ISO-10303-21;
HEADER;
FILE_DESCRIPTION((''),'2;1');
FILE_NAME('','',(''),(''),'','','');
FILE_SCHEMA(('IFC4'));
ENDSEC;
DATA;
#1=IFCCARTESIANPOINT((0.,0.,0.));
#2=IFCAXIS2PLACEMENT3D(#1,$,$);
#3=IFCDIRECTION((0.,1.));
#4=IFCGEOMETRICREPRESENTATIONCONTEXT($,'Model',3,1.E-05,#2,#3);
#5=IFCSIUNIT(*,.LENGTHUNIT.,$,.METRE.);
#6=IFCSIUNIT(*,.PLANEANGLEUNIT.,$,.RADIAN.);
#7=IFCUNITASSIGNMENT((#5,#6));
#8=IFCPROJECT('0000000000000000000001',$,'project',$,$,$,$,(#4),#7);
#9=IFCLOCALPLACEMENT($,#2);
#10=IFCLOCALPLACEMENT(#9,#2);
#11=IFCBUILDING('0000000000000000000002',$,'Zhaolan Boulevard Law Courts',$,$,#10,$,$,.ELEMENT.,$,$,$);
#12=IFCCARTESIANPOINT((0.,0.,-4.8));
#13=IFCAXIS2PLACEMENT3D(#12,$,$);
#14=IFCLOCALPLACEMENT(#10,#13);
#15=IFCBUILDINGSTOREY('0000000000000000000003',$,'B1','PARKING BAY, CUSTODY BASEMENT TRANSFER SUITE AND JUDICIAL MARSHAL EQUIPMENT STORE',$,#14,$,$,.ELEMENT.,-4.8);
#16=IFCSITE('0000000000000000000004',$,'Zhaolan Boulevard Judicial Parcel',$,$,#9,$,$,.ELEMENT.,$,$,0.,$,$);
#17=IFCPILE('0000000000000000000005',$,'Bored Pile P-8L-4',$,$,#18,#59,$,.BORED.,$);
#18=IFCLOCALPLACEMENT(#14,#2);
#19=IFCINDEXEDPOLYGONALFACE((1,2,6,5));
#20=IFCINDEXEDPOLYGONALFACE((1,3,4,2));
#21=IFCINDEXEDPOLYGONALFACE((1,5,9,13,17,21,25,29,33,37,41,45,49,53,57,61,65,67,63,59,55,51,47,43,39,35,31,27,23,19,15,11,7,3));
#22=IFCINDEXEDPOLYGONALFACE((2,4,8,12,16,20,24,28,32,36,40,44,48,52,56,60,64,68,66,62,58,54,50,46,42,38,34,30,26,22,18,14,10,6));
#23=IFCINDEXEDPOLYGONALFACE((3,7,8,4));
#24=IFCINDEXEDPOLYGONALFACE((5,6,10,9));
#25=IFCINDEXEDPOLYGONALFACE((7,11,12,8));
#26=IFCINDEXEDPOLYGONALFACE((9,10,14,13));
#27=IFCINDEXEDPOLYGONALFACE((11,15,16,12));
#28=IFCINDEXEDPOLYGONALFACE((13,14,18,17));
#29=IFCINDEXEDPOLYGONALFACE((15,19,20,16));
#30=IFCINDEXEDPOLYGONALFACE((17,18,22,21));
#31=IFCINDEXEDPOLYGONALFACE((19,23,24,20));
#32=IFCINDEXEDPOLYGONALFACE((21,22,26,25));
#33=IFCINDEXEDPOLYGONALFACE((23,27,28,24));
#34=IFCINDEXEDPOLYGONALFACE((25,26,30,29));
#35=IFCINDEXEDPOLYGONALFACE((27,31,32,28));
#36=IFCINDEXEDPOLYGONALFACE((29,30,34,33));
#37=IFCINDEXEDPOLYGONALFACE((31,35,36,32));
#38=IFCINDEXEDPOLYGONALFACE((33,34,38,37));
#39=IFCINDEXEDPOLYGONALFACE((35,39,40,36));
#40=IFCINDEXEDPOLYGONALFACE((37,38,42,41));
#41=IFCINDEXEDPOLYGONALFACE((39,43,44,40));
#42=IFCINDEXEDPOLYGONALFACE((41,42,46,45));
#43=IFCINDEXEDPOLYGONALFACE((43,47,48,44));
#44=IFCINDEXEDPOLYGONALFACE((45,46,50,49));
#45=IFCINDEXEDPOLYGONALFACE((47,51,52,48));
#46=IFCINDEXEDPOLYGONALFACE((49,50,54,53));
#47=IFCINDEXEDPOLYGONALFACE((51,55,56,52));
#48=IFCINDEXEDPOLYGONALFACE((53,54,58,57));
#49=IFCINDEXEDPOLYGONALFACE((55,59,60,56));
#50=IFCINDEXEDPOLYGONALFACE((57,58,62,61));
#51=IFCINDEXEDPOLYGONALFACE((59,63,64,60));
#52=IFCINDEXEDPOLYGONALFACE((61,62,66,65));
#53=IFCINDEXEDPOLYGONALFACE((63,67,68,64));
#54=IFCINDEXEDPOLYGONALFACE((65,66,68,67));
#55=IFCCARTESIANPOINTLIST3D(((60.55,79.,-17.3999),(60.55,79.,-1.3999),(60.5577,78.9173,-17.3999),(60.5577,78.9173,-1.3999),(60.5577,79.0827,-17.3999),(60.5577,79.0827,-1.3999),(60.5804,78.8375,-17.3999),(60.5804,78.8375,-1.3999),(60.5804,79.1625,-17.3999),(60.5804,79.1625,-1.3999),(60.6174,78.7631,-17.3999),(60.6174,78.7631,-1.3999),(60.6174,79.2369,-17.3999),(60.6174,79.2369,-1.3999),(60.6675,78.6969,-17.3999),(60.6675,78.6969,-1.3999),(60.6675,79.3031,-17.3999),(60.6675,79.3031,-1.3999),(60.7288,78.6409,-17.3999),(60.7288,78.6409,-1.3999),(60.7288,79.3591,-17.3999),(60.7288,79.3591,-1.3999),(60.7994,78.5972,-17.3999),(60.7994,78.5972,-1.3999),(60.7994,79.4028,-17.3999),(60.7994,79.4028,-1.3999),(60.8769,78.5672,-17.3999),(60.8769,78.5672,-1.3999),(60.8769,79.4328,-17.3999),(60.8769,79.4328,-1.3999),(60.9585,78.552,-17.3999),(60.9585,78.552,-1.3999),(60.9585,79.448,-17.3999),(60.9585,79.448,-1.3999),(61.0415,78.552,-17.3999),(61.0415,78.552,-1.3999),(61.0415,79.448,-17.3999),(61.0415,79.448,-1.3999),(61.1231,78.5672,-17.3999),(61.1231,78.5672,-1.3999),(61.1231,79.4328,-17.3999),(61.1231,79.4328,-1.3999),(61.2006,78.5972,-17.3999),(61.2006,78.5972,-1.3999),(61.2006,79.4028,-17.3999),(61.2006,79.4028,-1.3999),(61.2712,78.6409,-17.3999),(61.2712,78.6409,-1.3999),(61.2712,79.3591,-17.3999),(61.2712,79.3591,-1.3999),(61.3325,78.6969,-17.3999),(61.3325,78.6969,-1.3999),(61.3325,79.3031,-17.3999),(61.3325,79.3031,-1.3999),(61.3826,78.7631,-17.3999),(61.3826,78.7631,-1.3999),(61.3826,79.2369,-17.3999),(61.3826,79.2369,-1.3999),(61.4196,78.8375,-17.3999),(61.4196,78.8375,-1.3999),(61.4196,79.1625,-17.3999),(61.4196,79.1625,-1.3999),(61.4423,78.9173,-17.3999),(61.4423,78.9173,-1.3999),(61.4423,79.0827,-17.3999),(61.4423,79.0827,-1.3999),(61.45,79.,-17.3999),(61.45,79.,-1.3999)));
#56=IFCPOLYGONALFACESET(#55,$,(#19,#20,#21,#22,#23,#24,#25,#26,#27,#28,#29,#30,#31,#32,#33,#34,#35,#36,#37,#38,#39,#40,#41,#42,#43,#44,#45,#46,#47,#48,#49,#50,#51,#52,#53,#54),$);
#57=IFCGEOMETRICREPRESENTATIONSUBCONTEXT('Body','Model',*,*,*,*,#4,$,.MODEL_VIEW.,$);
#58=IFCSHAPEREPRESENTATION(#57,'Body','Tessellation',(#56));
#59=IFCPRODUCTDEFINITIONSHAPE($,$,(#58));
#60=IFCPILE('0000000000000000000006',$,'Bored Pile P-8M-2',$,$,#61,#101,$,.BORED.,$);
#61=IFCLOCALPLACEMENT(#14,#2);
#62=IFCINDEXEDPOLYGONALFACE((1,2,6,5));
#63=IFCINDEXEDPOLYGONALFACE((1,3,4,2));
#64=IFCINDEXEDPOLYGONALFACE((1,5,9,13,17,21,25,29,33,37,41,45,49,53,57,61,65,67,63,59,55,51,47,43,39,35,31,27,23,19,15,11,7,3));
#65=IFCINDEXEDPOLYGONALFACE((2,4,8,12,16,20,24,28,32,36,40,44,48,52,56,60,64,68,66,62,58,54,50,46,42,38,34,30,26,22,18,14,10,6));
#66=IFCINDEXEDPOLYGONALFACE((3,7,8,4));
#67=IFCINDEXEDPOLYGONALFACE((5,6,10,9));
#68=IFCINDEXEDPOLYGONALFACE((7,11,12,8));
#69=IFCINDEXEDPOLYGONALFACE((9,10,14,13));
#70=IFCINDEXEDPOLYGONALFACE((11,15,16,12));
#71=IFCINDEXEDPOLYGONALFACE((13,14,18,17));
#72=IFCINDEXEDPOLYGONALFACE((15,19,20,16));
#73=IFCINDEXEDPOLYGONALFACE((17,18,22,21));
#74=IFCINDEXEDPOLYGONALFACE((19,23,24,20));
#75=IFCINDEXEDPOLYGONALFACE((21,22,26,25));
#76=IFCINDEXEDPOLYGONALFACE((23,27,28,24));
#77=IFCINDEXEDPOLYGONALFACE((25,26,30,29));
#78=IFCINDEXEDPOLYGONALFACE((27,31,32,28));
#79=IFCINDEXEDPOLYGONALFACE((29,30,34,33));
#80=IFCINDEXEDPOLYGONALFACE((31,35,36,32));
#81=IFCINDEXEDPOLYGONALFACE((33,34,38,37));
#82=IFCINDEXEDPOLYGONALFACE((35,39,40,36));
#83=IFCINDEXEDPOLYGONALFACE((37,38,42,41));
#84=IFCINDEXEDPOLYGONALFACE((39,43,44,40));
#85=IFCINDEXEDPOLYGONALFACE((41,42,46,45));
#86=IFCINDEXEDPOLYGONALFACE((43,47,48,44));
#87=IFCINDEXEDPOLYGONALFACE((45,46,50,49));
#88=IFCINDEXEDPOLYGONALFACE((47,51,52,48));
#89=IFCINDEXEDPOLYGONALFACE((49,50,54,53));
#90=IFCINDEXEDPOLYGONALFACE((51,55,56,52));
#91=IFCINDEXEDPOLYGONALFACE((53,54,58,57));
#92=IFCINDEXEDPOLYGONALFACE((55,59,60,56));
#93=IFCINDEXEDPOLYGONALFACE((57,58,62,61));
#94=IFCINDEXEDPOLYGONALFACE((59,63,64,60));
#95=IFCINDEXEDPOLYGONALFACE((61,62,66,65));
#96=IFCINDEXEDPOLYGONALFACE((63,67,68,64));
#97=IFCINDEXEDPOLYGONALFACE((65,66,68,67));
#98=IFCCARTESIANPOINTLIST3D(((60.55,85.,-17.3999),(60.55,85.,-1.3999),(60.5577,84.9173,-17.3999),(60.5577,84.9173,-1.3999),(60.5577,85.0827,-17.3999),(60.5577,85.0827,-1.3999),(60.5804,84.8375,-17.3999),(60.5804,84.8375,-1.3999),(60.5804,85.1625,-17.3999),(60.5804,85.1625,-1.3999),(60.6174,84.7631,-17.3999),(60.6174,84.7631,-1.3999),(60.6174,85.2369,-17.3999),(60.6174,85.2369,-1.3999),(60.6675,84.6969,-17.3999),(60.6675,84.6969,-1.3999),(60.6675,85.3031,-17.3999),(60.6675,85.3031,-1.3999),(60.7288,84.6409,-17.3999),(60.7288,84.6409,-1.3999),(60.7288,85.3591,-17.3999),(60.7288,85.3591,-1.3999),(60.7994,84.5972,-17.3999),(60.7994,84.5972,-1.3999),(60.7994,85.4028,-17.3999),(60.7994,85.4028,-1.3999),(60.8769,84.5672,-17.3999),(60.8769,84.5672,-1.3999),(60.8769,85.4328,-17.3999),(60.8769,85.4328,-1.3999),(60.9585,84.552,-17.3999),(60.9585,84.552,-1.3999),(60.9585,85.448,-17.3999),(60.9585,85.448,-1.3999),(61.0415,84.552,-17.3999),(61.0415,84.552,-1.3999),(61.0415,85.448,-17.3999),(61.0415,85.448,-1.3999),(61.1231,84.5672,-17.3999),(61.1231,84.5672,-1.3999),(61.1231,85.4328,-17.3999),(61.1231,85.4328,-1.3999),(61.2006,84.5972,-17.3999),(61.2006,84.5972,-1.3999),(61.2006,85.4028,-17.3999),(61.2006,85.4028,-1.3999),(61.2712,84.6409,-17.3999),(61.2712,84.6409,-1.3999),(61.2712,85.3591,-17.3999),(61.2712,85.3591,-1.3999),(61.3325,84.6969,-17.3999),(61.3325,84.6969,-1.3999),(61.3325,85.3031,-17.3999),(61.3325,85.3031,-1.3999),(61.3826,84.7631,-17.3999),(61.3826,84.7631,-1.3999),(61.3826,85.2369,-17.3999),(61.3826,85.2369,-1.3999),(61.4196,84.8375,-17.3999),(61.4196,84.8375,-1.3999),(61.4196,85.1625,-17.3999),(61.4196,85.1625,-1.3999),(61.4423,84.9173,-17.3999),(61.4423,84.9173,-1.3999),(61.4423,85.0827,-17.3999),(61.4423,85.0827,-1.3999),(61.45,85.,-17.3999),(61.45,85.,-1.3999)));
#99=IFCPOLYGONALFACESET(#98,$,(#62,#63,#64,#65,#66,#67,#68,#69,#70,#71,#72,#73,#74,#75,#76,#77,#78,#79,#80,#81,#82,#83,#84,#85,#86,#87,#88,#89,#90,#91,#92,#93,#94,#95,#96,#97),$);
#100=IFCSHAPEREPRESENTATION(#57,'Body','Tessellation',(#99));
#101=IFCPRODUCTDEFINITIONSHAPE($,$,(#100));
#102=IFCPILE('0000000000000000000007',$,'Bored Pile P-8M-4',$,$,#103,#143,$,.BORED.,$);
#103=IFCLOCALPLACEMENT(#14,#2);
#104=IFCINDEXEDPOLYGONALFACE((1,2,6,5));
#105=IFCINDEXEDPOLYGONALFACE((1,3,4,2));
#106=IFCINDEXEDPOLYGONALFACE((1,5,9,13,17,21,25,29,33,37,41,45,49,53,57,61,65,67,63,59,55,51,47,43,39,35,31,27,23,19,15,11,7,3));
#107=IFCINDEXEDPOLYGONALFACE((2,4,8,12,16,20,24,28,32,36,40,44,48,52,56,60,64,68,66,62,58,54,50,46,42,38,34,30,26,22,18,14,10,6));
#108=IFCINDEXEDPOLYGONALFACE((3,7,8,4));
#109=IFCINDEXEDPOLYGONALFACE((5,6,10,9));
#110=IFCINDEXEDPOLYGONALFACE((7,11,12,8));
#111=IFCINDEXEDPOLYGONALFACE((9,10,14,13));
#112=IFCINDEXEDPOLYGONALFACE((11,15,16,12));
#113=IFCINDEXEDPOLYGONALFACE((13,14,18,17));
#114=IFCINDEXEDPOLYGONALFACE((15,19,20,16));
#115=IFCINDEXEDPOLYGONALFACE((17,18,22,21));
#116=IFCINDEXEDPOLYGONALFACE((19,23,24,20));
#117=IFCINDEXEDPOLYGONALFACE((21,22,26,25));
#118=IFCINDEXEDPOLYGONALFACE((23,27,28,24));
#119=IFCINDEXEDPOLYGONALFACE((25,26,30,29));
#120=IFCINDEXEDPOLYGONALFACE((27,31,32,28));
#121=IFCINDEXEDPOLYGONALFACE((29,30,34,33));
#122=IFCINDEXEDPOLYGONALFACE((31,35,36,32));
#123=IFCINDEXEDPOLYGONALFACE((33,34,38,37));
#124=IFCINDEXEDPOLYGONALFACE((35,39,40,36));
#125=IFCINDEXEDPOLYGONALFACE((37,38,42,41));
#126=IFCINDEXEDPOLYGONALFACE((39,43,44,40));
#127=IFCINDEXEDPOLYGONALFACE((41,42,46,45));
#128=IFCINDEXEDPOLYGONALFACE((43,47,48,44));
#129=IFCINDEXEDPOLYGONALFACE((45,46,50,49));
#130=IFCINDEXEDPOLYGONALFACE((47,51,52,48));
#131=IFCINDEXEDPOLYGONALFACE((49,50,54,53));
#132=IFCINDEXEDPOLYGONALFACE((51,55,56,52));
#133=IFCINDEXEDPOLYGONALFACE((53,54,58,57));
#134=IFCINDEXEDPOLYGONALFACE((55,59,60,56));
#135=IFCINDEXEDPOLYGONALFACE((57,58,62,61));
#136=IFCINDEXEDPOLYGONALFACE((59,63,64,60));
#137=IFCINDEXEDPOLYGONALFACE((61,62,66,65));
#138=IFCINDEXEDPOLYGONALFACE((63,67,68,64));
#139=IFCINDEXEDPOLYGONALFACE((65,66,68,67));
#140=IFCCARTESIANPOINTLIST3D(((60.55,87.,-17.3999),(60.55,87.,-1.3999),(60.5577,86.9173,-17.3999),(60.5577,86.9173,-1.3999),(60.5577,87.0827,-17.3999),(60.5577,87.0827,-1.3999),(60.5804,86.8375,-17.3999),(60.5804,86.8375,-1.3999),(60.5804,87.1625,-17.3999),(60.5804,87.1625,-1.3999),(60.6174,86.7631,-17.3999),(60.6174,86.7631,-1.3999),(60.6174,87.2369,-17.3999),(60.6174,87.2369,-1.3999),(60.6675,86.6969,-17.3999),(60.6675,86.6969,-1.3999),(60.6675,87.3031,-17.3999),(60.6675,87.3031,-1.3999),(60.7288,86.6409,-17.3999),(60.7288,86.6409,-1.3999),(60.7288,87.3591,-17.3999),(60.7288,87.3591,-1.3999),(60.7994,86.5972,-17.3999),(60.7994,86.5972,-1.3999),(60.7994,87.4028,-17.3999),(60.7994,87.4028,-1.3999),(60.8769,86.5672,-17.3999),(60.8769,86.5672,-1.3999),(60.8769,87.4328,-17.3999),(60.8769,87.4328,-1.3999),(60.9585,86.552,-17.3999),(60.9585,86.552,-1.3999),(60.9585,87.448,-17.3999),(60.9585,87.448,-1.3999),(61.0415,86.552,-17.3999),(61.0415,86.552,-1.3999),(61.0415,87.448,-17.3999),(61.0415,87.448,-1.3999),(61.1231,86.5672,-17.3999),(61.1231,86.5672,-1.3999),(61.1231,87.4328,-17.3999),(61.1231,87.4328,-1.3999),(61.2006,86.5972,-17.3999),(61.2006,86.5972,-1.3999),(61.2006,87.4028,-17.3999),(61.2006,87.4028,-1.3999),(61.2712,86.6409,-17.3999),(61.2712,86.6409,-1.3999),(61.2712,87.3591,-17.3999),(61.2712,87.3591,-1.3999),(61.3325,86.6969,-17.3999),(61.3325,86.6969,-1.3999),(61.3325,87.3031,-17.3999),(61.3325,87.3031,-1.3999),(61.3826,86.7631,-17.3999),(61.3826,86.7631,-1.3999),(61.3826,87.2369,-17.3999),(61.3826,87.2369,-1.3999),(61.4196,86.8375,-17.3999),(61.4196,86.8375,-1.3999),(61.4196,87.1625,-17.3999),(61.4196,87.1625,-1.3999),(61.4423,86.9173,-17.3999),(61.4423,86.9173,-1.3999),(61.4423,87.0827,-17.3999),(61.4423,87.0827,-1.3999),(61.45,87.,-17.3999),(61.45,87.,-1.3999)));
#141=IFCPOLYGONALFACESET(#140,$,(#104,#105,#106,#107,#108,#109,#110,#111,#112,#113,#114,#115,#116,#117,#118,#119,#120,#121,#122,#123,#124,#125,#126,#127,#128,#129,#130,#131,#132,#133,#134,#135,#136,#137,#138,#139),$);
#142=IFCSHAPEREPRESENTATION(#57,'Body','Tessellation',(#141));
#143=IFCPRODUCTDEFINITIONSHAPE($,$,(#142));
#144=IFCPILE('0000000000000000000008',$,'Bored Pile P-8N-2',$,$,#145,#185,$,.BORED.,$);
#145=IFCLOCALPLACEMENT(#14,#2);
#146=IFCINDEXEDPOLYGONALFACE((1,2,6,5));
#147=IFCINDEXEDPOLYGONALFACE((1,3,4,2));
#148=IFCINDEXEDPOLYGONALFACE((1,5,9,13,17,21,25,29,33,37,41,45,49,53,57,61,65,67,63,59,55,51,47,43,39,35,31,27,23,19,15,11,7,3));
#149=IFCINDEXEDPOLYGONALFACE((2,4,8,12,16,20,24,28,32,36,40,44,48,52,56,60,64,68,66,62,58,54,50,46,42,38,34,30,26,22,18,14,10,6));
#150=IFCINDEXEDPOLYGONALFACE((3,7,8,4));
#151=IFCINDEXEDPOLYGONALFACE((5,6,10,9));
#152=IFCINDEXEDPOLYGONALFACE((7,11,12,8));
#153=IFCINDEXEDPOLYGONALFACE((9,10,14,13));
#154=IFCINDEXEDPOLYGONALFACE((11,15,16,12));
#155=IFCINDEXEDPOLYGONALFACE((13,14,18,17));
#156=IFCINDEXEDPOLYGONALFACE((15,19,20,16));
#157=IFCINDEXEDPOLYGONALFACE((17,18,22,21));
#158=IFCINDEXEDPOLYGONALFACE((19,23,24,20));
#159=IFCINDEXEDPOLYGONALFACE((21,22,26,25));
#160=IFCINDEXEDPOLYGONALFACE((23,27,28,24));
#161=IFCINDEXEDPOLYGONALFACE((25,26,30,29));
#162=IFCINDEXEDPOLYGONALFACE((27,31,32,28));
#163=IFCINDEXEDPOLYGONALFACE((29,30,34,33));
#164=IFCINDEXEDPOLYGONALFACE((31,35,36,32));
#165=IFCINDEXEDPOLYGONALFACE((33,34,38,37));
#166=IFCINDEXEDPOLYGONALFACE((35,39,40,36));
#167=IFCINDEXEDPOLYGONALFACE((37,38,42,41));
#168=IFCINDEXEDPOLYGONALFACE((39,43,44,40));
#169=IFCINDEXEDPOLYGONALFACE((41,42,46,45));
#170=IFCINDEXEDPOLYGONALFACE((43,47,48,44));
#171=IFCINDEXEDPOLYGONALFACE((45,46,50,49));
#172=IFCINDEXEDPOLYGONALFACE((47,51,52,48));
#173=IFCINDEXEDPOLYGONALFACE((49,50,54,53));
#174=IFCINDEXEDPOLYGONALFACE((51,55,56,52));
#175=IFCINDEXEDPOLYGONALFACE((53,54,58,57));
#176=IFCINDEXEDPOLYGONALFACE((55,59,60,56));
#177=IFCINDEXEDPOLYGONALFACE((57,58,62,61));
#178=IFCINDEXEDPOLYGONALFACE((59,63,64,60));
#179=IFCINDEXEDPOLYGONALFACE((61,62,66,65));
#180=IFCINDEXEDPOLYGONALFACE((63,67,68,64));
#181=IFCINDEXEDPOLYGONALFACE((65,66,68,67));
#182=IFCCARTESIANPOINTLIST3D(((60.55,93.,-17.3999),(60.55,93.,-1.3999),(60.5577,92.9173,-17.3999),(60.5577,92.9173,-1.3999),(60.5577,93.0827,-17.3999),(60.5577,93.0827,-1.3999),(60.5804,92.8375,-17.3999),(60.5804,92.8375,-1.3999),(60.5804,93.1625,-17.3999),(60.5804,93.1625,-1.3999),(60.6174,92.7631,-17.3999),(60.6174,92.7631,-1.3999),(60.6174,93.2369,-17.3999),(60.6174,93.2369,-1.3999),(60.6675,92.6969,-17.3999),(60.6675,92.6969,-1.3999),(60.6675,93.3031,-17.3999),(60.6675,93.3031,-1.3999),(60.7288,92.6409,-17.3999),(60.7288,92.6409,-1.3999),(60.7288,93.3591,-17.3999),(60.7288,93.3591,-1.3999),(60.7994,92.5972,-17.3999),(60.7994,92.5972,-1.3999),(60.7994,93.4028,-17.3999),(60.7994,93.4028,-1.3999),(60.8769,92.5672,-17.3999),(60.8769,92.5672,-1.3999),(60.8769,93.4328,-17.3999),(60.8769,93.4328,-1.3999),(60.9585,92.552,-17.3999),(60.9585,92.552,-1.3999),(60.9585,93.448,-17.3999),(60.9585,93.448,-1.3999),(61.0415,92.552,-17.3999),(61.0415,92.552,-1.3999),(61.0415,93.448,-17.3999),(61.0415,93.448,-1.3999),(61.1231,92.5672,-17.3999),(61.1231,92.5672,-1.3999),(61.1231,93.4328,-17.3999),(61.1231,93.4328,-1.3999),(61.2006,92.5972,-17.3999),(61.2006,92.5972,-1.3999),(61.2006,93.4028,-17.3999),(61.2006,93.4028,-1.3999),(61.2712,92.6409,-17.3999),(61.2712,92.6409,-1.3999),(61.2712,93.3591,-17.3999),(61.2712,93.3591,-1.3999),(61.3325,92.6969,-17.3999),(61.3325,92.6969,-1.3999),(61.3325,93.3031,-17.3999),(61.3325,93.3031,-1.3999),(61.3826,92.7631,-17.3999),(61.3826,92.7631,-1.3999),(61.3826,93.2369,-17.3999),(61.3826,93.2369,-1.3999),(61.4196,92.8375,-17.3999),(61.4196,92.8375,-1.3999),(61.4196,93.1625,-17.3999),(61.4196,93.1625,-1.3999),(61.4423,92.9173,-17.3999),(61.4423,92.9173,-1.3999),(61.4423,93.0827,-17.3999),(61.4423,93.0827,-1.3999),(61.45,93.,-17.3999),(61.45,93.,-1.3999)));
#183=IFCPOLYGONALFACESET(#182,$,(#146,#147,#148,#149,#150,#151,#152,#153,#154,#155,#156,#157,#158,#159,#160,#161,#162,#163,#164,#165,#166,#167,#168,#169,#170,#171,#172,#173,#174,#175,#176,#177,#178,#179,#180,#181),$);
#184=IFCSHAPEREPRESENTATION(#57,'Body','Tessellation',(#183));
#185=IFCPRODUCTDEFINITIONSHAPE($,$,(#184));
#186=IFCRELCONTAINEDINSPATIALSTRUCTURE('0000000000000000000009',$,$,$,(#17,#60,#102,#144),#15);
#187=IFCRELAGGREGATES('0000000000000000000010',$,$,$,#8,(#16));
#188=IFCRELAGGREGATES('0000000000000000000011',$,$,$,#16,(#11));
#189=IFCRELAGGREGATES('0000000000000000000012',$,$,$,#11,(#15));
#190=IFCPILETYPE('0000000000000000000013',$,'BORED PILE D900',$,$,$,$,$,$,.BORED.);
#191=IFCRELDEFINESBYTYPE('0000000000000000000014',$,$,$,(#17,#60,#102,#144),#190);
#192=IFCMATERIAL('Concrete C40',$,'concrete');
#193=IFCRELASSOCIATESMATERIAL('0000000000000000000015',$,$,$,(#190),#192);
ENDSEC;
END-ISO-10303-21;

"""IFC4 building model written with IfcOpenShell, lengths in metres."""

from ifc_helpers import new_model, si_unit, direction, frame, origin, origin_2d, place, context, subcontext, project, spatial, circle, extrude, material, material_profile, profile_set, type_object, element, save


model = new_model("IFC4")

# Units and contexts
model_context = context("Model", 3, precision=1e-05, world=origin(), true_north=direction((0.0, 1.0)))
body_context = subcontext(model_context, "Body", "Model", "MODEL_VIEW")
ifc_project = project(units=[si_unit("LENGTHUNIT", "METRE"), si_unit("PLANEANGLEUNIT", "RADIAN")], contexts=[model_context])

# Site, building, storey
site_placement = place(None, origin())
site = spatial("IfcSite", under=ifc_project, at=site_placement, Name="Zhaolan Boulevard Judicial Parcel", CompositionType="ELEMENT", RefElevation=0.0)
building_placement = place(site_placement, origin())
building = spatial("IfcBuilding", under=site, at=building_placement, Name="Zhaolan Boulevard Law Courts", CompositionType="ELEMENT")
storey_placement = place(building_placement, frame((0.0, 0.0, -4.8)))
storey = spatial("IfcBuildingStorey", under=building, at=storey_placement, Name="B1", Description="PARKING BAY, CUSTODY BASEMENT TRANSFER SUITE AND JUDICIAL MARSHAL EQUIPMENT STORE", CompositionType="ELEMENT", Elevation=-4.8)

# Piles
ifc_material_1 = material(Name="Concrete C40", Category="concrete")
ifc_material_profile_1 = material_profile(ifc_material_1, circle(Radius=0.45, at=origin_2d()), Name="PILE-D900")
ifc_profile_set_1 = profile_set([ifc_material_profile_1], Name="Concrete C40")
pile_type = type_object("IfcPileType", Name="BORED PILE D900", PredefinedType="BORED", material=ifc_profile_set_1)
for number, where, z_axis, x_axis, name in (
    (1, (61.0, 79.0, -1.3999), (0.0, 0.0, -1.0), (1.0, 0.0, 0.0), "Bored Pile P-8L-4"),
    (2, (61.0, 85.0, -1.3999), (0.0, 0.0, -1.0), (1.0, 0.0, 0.0), "Bored Pile P-8M-2"),
    (3, (61.0, 87.0, -1.3999), (0.0, 0.0, -1.0), (1.0, 0.0, 0.0), "Bored Pile P-8M-4"),
    (4, (61.0, 93.0, -1.3999), (0.0, 0.0, -1.0), (1.0, 0.0, 0.0), "Bored Pile P-8N-2"),
):
    element("IfcPile", number, at=place(storey_placement, frame(where, z_axis=z_axis, x_axis=x_axis)), inside=storey, type_object=pile_type, Name=name, PredefinedType="BORED", context=body_context, shape_type="SweptSolid", body=[
        extrude(circle(Radius=0.45, at=origin_2d()), origin(), (0.0, 0.0, 1.0), 16.0),
    ])

save(model, "model.ifc")
